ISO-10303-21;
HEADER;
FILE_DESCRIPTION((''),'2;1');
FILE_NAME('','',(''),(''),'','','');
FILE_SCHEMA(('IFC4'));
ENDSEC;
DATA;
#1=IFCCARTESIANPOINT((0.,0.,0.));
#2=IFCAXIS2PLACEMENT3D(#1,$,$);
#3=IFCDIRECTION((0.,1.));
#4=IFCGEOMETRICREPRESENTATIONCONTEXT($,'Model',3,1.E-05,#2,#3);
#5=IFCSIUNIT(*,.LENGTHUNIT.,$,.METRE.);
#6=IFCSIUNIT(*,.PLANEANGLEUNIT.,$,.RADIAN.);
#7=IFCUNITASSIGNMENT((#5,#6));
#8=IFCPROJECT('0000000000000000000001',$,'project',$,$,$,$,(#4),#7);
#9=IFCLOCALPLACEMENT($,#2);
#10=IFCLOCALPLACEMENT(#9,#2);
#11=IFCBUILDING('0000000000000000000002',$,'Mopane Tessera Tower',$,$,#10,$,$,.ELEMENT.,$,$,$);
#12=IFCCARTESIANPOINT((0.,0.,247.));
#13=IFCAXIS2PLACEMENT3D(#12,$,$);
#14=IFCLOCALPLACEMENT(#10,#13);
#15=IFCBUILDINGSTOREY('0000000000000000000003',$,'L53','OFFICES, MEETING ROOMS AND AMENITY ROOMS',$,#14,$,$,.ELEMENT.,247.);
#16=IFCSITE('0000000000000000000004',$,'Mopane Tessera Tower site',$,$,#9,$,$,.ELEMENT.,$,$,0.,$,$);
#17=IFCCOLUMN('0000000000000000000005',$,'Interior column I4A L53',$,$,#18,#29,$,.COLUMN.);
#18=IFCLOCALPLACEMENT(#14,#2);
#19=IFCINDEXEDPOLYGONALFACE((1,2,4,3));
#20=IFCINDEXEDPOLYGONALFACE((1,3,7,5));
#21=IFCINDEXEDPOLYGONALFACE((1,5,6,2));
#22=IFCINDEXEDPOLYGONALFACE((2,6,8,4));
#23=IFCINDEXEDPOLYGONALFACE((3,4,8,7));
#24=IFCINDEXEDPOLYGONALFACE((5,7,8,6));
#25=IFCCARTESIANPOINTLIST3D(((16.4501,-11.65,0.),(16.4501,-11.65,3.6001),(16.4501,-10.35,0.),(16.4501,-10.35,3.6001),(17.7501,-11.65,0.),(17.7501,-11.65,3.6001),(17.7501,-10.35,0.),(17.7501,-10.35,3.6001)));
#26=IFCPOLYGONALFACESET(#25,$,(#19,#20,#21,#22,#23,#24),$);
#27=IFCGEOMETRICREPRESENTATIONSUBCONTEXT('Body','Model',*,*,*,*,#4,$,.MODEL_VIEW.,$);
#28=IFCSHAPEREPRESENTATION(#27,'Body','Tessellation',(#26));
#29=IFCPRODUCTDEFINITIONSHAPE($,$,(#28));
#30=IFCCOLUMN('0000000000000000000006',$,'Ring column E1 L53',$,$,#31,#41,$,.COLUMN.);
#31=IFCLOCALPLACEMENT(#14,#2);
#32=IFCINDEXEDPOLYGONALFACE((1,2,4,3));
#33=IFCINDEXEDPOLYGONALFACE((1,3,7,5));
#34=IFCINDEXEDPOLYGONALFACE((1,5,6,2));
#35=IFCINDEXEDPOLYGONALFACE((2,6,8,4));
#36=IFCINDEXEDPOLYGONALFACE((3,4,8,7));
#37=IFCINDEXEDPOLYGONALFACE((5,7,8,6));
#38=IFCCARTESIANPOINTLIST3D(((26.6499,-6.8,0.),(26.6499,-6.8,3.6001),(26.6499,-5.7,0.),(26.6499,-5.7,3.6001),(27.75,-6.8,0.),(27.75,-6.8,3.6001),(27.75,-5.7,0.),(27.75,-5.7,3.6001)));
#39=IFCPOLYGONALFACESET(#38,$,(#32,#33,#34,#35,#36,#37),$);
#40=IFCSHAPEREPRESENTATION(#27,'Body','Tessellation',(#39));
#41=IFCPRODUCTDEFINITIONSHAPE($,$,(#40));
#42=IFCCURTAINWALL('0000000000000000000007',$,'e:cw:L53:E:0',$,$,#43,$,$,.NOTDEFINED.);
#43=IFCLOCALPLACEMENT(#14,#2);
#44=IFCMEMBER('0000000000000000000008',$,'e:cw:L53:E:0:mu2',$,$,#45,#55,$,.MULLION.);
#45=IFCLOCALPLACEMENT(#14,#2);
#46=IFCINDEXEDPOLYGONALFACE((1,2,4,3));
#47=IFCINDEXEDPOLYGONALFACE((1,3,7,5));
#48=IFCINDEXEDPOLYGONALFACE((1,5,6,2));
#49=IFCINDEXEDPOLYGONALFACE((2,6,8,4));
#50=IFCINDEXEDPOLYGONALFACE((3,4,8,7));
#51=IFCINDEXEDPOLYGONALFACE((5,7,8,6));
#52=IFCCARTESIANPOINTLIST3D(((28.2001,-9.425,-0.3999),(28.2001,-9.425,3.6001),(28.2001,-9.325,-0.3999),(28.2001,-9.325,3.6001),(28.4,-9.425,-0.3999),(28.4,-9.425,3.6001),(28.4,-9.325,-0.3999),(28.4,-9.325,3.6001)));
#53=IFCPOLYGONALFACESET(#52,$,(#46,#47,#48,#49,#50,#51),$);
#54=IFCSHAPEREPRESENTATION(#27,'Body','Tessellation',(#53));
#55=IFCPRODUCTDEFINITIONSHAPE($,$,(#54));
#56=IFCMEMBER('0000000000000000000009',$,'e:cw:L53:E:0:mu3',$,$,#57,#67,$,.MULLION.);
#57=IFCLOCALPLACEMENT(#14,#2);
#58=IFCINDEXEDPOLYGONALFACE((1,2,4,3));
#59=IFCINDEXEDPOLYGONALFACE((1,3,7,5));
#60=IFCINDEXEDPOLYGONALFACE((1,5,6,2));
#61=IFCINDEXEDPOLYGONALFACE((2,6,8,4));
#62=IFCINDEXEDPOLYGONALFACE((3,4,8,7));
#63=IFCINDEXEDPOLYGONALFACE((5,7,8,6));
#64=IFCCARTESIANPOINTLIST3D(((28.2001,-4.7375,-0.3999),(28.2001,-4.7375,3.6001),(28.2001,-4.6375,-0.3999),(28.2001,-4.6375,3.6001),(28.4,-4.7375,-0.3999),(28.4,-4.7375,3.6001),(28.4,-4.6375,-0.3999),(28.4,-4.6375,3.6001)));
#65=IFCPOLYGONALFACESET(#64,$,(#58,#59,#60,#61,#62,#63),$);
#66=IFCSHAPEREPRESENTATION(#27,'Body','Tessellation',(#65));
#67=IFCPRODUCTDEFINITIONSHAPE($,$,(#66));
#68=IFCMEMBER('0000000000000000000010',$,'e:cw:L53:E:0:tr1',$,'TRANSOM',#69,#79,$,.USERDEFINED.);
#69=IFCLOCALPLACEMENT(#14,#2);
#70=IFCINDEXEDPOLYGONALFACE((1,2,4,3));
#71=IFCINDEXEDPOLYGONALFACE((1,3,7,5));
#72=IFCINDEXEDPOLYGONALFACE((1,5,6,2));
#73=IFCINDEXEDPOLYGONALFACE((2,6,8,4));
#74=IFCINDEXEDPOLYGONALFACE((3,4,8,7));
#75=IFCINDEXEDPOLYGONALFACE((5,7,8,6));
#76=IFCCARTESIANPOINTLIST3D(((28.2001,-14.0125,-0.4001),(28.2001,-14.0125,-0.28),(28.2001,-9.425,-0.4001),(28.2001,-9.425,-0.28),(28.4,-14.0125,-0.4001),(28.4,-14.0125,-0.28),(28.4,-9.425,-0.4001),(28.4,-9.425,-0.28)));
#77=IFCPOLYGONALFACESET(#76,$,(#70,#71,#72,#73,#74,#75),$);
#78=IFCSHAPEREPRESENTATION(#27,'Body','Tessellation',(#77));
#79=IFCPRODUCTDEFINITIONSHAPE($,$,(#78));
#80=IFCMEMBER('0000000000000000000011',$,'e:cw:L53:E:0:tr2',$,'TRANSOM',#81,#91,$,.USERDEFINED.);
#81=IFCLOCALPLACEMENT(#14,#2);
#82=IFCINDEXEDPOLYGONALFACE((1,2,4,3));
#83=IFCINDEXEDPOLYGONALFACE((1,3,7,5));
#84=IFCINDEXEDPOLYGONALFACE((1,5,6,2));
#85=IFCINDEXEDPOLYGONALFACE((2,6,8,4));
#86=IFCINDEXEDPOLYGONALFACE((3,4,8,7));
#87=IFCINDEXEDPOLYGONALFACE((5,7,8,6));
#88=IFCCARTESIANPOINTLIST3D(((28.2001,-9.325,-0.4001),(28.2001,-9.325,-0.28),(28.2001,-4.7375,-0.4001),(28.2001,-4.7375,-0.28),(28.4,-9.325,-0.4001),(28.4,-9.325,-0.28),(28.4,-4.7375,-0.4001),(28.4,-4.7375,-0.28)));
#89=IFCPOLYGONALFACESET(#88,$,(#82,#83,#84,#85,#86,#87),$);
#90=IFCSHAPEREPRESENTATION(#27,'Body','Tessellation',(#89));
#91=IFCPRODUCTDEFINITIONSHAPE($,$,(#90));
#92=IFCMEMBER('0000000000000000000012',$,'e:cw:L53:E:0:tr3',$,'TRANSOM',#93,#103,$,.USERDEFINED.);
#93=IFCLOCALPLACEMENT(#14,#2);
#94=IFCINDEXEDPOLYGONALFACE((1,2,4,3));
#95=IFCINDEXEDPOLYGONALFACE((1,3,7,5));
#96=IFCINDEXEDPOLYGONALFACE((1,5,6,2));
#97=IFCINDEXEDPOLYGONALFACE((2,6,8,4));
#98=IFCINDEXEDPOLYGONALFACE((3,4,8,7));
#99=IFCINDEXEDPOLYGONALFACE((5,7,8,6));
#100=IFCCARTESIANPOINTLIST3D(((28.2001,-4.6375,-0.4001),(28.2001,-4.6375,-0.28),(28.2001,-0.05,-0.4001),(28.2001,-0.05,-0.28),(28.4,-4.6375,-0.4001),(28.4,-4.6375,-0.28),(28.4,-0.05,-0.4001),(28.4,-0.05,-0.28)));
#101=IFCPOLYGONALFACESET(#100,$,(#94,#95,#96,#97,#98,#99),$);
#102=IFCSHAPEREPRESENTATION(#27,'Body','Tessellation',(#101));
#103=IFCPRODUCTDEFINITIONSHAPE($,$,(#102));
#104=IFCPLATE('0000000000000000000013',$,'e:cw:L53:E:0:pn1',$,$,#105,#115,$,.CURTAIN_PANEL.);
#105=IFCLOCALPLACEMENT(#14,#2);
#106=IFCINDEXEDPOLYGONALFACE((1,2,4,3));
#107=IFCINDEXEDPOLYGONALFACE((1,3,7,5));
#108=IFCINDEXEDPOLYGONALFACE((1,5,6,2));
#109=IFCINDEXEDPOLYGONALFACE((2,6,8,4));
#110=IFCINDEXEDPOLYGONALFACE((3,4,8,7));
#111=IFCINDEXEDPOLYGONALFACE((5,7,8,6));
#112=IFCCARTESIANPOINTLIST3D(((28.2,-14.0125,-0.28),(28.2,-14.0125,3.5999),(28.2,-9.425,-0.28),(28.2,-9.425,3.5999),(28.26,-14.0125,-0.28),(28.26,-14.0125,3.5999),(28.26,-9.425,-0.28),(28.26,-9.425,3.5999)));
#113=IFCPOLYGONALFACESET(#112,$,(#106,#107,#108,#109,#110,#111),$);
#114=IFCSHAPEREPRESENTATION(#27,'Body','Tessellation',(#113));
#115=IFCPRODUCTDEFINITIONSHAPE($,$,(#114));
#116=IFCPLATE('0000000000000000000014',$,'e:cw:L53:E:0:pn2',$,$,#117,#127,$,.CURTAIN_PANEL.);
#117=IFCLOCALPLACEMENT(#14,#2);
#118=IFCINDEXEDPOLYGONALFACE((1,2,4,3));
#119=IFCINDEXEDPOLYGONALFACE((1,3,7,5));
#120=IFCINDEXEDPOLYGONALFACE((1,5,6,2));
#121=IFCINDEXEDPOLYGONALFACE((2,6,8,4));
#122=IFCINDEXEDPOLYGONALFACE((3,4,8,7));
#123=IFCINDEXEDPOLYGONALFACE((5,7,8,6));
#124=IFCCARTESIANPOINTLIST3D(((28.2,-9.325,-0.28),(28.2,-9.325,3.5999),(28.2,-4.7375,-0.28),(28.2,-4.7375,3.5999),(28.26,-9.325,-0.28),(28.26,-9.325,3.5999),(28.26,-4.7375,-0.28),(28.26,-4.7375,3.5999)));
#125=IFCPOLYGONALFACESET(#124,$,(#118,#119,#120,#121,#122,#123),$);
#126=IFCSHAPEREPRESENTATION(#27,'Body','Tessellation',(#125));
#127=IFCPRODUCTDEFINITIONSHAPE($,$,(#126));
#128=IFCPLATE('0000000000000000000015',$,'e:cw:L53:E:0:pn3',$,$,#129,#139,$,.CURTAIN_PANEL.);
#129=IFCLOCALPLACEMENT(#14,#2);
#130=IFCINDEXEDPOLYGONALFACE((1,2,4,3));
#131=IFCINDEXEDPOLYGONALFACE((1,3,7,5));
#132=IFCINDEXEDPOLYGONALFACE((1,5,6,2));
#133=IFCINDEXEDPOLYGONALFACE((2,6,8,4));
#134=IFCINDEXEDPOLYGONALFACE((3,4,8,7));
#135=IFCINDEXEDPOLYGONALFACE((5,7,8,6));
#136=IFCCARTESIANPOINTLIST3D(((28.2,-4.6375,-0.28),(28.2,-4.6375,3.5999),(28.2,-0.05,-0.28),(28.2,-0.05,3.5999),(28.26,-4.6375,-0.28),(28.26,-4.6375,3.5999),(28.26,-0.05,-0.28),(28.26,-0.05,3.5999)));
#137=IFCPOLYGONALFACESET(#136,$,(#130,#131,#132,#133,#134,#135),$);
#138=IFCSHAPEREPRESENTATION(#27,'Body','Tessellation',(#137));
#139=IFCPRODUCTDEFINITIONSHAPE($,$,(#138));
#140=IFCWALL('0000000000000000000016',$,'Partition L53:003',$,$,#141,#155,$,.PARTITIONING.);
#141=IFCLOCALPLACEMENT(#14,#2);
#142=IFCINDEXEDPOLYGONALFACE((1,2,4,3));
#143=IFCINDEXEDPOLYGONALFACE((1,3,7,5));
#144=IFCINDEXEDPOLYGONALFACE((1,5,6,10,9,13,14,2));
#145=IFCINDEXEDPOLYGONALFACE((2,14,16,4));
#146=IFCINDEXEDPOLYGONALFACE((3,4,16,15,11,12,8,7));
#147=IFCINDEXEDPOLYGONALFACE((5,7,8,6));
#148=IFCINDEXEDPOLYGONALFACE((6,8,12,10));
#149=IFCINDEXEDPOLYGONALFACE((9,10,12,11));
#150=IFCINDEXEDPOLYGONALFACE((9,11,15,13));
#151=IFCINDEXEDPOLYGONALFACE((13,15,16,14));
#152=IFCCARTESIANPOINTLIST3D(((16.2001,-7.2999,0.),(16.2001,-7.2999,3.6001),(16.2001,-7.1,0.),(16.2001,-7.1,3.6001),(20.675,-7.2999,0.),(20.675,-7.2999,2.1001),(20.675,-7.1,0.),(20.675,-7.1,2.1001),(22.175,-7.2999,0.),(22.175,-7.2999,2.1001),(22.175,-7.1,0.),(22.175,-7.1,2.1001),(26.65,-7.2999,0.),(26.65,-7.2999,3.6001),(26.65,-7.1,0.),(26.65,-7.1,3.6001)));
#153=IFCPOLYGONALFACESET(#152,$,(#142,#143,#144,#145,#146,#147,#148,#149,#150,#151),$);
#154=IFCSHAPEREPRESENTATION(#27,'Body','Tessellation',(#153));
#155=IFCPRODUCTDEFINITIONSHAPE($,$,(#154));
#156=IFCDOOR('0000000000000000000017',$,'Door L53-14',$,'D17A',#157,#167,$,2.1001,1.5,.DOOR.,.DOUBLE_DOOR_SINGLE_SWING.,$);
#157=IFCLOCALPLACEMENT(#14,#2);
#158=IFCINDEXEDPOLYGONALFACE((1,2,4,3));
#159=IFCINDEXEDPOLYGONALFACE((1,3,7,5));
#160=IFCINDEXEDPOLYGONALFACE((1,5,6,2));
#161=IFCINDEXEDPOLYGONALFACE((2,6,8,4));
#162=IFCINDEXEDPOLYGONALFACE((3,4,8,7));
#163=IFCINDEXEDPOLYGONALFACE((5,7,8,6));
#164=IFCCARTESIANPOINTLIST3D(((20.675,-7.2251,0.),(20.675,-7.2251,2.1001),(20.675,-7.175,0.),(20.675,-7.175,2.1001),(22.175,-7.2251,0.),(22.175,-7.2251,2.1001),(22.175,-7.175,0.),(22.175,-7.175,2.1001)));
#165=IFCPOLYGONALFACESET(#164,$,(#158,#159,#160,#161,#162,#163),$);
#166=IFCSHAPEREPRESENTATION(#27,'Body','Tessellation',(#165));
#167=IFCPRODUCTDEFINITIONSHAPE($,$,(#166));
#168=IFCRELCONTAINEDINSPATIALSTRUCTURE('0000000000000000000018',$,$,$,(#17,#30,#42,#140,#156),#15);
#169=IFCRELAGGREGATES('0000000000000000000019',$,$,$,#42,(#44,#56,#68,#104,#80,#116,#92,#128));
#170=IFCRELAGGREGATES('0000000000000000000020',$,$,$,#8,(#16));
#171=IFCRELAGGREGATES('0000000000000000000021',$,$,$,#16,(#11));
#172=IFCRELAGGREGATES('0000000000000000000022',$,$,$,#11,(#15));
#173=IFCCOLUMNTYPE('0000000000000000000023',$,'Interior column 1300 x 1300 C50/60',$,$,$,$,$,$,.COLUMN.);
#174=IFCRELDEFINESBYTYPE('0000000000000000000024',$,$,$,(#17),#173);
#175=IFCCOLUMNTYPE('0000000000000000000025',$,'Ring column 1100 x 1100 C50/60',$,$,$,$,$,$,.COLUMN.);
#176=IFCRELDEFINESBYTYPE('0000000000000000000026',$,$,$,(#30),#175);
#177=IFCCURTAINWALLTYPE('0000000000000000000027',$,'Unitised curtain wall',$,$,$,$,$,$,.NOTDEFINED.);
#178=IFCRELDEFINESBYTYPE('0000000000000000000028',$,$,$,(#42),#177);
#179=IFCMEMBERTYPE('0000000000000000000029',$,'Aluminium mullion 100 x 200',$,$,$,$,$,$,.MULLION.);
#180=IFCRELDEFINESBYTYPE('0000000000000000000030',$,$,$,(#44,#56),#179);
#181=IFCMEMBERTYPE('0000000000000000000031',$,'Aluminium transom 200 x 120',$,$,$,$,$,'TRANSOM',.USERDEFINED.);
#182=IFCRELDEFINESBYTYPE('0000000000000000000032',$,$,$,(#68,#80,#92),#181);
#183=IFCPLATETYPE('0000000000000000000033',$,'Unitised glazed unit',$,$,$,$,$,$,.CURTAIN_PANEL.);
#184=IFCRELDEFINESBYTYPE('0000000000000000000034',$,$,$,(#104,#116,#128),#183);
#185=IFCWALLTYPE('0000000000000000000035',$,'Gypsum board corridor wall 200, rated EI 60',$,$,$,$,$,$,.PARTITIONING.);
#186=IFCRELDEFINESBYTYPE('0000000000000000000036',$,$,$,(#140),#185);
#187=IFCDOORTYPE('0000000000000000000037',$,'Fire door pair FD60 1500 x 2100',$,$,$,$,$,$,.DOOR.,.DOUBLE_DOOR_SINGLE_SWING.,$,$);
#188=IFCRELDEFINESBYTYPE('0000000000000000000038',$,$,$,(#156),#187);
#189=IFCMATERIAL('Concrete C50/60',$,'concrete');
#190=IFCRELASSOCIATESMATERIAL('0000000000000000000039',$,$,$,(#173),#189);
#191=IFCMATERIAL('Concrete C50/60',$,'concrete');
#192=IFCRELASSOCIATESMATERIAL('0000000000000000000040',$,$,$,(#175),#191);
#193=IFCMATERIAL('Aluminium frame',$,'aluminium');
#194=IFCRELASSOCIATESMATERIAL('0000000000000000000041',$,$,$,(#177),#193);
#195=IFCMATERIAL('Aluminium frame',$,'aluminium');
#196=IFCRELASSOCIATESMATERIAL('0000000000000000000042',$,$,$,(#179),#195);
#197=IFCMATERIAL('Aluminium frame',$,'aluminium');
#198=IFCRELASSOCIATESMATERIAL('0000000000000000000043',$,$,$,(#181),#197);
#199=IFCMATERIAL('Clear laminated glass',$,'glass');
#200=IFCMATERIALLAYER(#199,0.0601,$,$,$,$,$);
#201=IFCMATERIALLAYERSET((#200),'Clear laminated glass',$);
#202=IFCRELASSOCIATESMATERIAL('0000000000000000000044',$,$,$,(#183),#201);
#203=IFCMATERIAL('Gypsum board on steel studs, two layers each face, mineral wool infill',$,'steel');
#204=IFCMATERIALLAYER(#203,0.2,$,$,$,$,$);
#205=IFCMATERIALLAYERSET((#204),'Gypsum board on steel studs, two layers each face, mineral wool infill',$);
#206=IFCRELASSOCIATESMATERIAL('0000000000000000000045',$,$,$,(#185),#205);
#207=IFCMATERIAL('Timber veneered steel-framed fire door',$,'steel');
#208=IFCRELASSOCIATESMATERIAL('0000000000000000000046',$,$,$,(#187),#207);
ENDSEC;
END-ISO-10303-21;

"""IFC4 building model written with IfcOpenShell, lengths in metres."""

from ifc_helpers import new_model, si_unit, direction, frame, frame_2d, origin, origin_2d, place, context, subcontext, project, spatial, rectangle, extrude, material, layer, layer_set, material_profile, profile_set, type_object, element, fill, aggregate, save


model = new_model("IFC4")

# Units and contexts
model_context = context("Model", 3, precision=1e-05, world=origin(), true_north=direction((0.0, 1.0)))
body_context = subcontext(model_context, "Body", "Model", "MODEL_VIEW")
ifc_project = project(units=[si_unit("LENGTHUNIT", "METRE"), si_unit("PLANEANGLEUNIT", "RADIAN")], contexts=[model_context])

# Site, building, storey
site_placement = place(None, origin())
site = spatial("IfcSite", under=ifc_project, at=site_placement, Name="Mopane Tessera Tower site", CompositionType="ELEMENT", RefElevation=0.0)
building_placement = place(site_placement, origin())
building = spatial("IfcBuilding", under=site, at=building_placement, Name="Mopane Tessera Tower", CompositionType="ELEMENT")
storey_placement = place(building_placement, frame((0.0, 0.0, 247.0)))
storey = spatial("IfcBuildingStorey", under=building, at=storey_placement, Name="L53", Description="OFFICES, MEETING ROOMS AND AMENITY ROOMS", CompositionType="ELEMENT", Elevation=247.0)

# Columns
ifc_material_1 = material(Name="Concrete C50/60", Category="concrete")
ifc_material_profile_1 = material_profile(ifc_material_1, rectangle(XDim=1.3, YDim=1.3, at=origin_2d()))
ifc_profile_set_1 = profile_set([ifc_material_profile_1], Name="Concrete C50/60")
column_type_1 = type_object("IfcColumnType", Name="Interior column 1300 x 1300 C50/60", PredefinedType="COLUMN", material=ifc_profile_set_1)
column_1_placement = place(storey_placement, frame((17.1001, -11.0, 0.0), z_axis=(0.0, 0.0, 1.0), x_axis=(1.0, 0.0, 0.0)))
element("IfcColumn", 1, at=column_1_placement, inside=storey, type_object=column_type_1, Name="Interior column I4A L53", PredefinedType="COLUMN", context=body_context, shape_type="SweptSolid", body=[
    extrude(rectangle(XDim=1.3, YDim=1.3, at=origin_2d()), origin(), (0.0, 0.0, 1.0), 3.6001),
])
ifc_material_2 = material(Name="Concrete C50/60", Category="concrete")
ifc_material_profile_2 = material_profile(ifc_material_2, rectangle(XDim=1.1001, YDim=1.1001, at=origin_2d()))
ifc_profile_set_2 = profile_set([ifc_material_profile_2], Name="Concrete C50/60")
column_type_2 = type_object("IfcColumnType", Name="Ring column 1100 x 1100 C50/60", PredefinedType="COLUMN", material=ifc_profile_set_2)
column_2_placement = place(storey_placement, frame((27.2, -6.25, 0.0), z_axis=(0.0, 0.0, 1.0), x_axis=(1.0, 0.0, 0.0)))
element("IfcColumn", 2, at=column_2_placement, inside=storey, type_object=column_type_2, Name="Ring column E1 L53", PredefinedType="COLUMN", context=body_context, shape_type="SweptSolid", body=[
    extrude(rectangle(XDim=1.1001, YDim=1.1001, at=origin_2d()), origin(), (0.0, 0.0, 1.0), 3.6001),
])

# Curtain wall, members, plates
ifc_material_3 = material(Name="Aluminium frame", Category="aluminium")
curtain_wall_type = type_object("IfcCurtainWallType", Name="Unitised curtain wall", PredefinedType="NOTDEFINED", material=ifc_material_3)
curtain_wall_placement = place(storey_placement, origin())
curtain_wall = element("IfcCurtainWall", 3, at=curtain_wall_placement, inside=storey, type_object=curtain_wall_type, Name="e:cw:L53:E:0", PredefinedType="NOTDEFINED")
ifc_material_4 = material(Name="Aluminium frame", Category="aluminium")
ifc_material_profile_3 = material_profile(ifc_material_4, rectangle(XDim=0.1001, YDim=0.2, at=origin_2d()))
ifc_profile_set_3 = profile_set([ifc_material_profile_3], Name="Aluminium frame")
member_type_1 = type_object("IfcMemberType", Name="Aluminium mullion 100 x 200", PredefinedType="MULLION", material=ifc_profile_set_3)
member_1_placement = place(storey_placement, frame((28.3, -9.375, -0.3999), z_axis=(0.0, 0.0, 1.0), x_axis=(0.0, 1.0, 0.0)))
member_1 = element("IfcMember", 4, at=member_1_placement, type_object=member_type_1, Name="e:cw:L53:E:0:mu2", PredefinedType="MULLION", context=body_context, shape_type="SweptSolid", body=[
    extrude(rectangle(XDim=0.1001, YDim=0.2, at=origin_2d()), origin(), (0.0, 0.0, 1.0), 4.0),
])
member_2_placement = place(storey_placement, frame((28.3, -4.6875, -0.3999), z_axis=(0.0, 0.0, 1.0), x_axis=(0.0, 1.0, 0.0)))
member_2 = element("IfcMember", 5, at=member_2_placement, type_object=member_type_1, Name="e:cw:L53:E:0:mu3", PredefinedType="MULLION", context=body_context, shape_type="SweptSolid", body=[
    extrude(rectangle(XDim=0.1001, YDim=0.2, at=origin_2d()), origin(), (0.0, 0.0, 1.0), 4.0),
])
ifc_material_5 = material(Name="Aluminium frame", Category="aluminium")
ifc_material_profile_4 = material_profile(ifc_material_5, rectangle(XDim=0.2, YDim=0.1201, at=origin_2d()))
ifc_profile_set_4 = profile_set([ifc_material_profile_4], Name="Aluminium frame")
member_type_2 = type_object("IfcMemberType", Name="Aluminium transom 200 x 120", ElementType="TRANSOM", PredefinedType="USERDEFINED", material=ifc_profile_set_4)
member_3_placement = place(storey_placement, frame((28.3, -14.0125, -0.3401), z_axis=(0.0, 1.0, 0.0), x_axis=(-1.0, 0.0, 0.0)))
member_3 = element("IfcMember", 6, at=member_3_placement, type_object=member_type_2, Name="e:cw:L53:E:0:tr1", ObjectType="TRANSOM", PredefinedType="USERDEFINED", context=body_context, shape_type="SweptSolid", body=[
    extrude(rectangle(XDim=0.2, YDim=0.1201, at=origin_2d()), origin(), (0.0, 0.0, 1.0), 4.5874),
])
member_4_placement = place(storey_placement, frame((28.3, -9.325, -0.3401), z_axis=(0.0, 1.0, 0.0), x_axis=(-1.0, 0.0, 0.0)))
member_4 = element("IfcMember", 7, at=member_4_placement, type_object=member_type_2, Name="e:cw:L53:E:0:tr2", ObjectType="TRANSOM", PredefinedType="USERDEFINED", context=body_context, shape_type="SweptSolid", body=[
    extrude(rectangle(XDim=0.2, YDim=0.1201, at=origin_2d()), origin(), (0.0, 0.0, 1.0), 4.5874),
])
member_5_placement = place(storey_placement, frame((28.3, -4.6375, -0.3401), z_axis=(0.0, 1.0, 0.0), x_axis=(-1.0, 0.0, 0.0)))
member_5 = element("IfcMember", 8, at=member_5_placement, type_object=member_type_2, Name="e:cw:L53:E:0:tr3", ObjectType="TRANSOM", PredefinedType="USERDEFINED", context=body_context, shape_type="SweptSolid", body=[
    extrude(rectangle(XDim=0.2, YDim=0.1201, at=origin_2d()), origin(), (0.0, 0.0, 1.0), 4.5874),
])
ifc_material_6 = material(Name="Clear laminated glass", Category="glass")
ifc_layer_1 = layer(ifc_material_6, 0.0601)
ifc_layer_set_1 = layer_set([ifc_layer_1], Name="Clear laminated glass")
plate_type = type_object("IfcPlateType", Name="Unitised glazed unit", PredefinedType="CURTAIN_PANEL", material=ifc_layer_set_1)
plate_1_placement = place(storey_placement, frame((28.23, -11.7188, -0.28), z_axis=(0.0, 0.0, 1.0), x_axis=(0.0, 1.0, 0.0)))
plate_1 = element("IfcPlate", 9, at=plate_1_placement, type_object=plate_type, Name="e:cw:L53:E:0:pn1", PredefinedType="CURTAIN_PANEL", context=body_context, shape_type="SweptSolid", body=[
    extrude(rectangle(XDim=4.5874, YDim=0.0601, at=origin_2d()), origin(), (0.0, 0.0, 1.0), 3.8799),
])
plate_2_placement = place(storey_placement, frame((28.23, -7.0312, -0.28), z_axis=(0.0, 0.0, 1.0), x_axis=(0.0, 1.0, 0.0)))
plate_2 = element("IfcPlate", 10, at=plate_2_placement, type_object=plate_type, Name="e:cw:L53:E:0:pn2", PredefinedType="CURTAIN_PANEL", context=body_context, shape_type="SweptSolid", body=[
    extrude(rectangle(XDim=4.5874, YDim=0.0601, at=origin_2d()), origin(), (0.0, 0.0, 1.0), 3.8799),
])
plate_3_placement = place(storey_placement, frame((28.23, -2.3438, -0.28), z_axis=(0.0, 0.0, 1.0), x_axis=(0.0, 1.0, 0.0)))
plate_3 = element("IfcPlate", 11, at=plate_3_placement, type_object=plate_type, Name="e:cw:L53:E:0:pn3", PredefinedType="CURTAIN_PANEL", context=body_context, shape_type="SweptSolid", body=[
    extrude(rectangle(XDim=4.5874, YDim=0.0601, at=origin_2d()), origin(), (0.0, 0.0, 1.0), 3.8799),
])
aggregate(curtain_wall, [member_1, member_2, member_3, plate_1, member_4, plate_2, member_5, plate_3])

# Wall, opening, door
ifc_material_7 = material(Name="Gypsum board on steel studs, two layers each face, mineral wool infill", Category="steel")
ifc_layer_2 = layer(ifc_material_7, 0.2)
ifc_layer_set_2 = layer_set([ifc_layer_2], Name="Gypsum board on steel studs, two layers each face, mineral wool infill")
wall_type = type_object("IfcWallType", Name="Gypsum board corridor wall 200, rated EI 60", PredefinedType="PARTITIONING", material=ifc_layer_set_2)
wall_1_placement = place(storey_placement, frame((16.2, -7.2, 0.0), z_axis=(0.0, 0.0, 1.0), x_axis=(1.0, 0.0, 0.0)))
wall_1 = element("IfcWall", 12, at=wall_1_placement, inside=storey, type_object=wall_type, Name="Partition L53:003", PredefinedType="PARTITIONING", context=body_context, shape_type="SweptSolid", body=[
    extrude(rectangle(XDim=10.45, YDim=0.2, at=frame_2d((5.2251, 0.0))), origin(), (0.0, 0.0, 1.0), 3.6001),
])
opening_1_placement = place(wall_1_placement, frame((4.4751, 0.0, 0.0)))
opening_1 = element("IfcOpeningElement", 13, at=opening_1_placement, cuts=wall_1, PredefinedType="OPENING", context=body_context, shape_type="SweptSolid", body=[
    extrude(rectangle(XDim=1.5, YDim=2.1001, at=frame_2d((0.75, 1.05))), frame((0.0, 0.1121, 0.0), z_axis=(0.0, -1.0, 0.0), x_axis=(1.0, 0.0, 0.0)), (0.0, 0.0, 1.0), 0.2239),
])
ifc_material_8 = material(Name="Timber veneered steel-framed fire door", Category="steel")
door_type_1 = type_object("IfcDoorType", Name="Fire door pair FD60 1500 x 2100", OperationType="DOUBLE_DOOR_SINGLE_SWING", PredefinedType="DOOR", material=ifc_material_8)
door_1_placement = place(opening_1_placement, origin())
door_1 = element("IfcDoor", 14, at=door_1_placement, inside=storey, type_object=door_type_1, Name="Door L53-14", ObjectType="D17A", OperationType="DOUBLE_DOOR_SINGLE_SWING", OverallHeight=2.1001, OverallWidth=1.5, PredefinedType="DOOR", context=body_context, shape_type="SweptSolid", body=[
    extrude(rectangle(XDim=1.5, YDim=2.1001, at=frame_2d((0.75, 1.05))), frame((0.0, 0.0249, 0.0), z_axis=(0.0, -1.0, 0.0), x_axis=(1.0, 0.0, 0.0)), (0.0, 0.0, 1.0), 0.05),
])
fill(opening_1, door_1)

save(model, "model.ifc")
